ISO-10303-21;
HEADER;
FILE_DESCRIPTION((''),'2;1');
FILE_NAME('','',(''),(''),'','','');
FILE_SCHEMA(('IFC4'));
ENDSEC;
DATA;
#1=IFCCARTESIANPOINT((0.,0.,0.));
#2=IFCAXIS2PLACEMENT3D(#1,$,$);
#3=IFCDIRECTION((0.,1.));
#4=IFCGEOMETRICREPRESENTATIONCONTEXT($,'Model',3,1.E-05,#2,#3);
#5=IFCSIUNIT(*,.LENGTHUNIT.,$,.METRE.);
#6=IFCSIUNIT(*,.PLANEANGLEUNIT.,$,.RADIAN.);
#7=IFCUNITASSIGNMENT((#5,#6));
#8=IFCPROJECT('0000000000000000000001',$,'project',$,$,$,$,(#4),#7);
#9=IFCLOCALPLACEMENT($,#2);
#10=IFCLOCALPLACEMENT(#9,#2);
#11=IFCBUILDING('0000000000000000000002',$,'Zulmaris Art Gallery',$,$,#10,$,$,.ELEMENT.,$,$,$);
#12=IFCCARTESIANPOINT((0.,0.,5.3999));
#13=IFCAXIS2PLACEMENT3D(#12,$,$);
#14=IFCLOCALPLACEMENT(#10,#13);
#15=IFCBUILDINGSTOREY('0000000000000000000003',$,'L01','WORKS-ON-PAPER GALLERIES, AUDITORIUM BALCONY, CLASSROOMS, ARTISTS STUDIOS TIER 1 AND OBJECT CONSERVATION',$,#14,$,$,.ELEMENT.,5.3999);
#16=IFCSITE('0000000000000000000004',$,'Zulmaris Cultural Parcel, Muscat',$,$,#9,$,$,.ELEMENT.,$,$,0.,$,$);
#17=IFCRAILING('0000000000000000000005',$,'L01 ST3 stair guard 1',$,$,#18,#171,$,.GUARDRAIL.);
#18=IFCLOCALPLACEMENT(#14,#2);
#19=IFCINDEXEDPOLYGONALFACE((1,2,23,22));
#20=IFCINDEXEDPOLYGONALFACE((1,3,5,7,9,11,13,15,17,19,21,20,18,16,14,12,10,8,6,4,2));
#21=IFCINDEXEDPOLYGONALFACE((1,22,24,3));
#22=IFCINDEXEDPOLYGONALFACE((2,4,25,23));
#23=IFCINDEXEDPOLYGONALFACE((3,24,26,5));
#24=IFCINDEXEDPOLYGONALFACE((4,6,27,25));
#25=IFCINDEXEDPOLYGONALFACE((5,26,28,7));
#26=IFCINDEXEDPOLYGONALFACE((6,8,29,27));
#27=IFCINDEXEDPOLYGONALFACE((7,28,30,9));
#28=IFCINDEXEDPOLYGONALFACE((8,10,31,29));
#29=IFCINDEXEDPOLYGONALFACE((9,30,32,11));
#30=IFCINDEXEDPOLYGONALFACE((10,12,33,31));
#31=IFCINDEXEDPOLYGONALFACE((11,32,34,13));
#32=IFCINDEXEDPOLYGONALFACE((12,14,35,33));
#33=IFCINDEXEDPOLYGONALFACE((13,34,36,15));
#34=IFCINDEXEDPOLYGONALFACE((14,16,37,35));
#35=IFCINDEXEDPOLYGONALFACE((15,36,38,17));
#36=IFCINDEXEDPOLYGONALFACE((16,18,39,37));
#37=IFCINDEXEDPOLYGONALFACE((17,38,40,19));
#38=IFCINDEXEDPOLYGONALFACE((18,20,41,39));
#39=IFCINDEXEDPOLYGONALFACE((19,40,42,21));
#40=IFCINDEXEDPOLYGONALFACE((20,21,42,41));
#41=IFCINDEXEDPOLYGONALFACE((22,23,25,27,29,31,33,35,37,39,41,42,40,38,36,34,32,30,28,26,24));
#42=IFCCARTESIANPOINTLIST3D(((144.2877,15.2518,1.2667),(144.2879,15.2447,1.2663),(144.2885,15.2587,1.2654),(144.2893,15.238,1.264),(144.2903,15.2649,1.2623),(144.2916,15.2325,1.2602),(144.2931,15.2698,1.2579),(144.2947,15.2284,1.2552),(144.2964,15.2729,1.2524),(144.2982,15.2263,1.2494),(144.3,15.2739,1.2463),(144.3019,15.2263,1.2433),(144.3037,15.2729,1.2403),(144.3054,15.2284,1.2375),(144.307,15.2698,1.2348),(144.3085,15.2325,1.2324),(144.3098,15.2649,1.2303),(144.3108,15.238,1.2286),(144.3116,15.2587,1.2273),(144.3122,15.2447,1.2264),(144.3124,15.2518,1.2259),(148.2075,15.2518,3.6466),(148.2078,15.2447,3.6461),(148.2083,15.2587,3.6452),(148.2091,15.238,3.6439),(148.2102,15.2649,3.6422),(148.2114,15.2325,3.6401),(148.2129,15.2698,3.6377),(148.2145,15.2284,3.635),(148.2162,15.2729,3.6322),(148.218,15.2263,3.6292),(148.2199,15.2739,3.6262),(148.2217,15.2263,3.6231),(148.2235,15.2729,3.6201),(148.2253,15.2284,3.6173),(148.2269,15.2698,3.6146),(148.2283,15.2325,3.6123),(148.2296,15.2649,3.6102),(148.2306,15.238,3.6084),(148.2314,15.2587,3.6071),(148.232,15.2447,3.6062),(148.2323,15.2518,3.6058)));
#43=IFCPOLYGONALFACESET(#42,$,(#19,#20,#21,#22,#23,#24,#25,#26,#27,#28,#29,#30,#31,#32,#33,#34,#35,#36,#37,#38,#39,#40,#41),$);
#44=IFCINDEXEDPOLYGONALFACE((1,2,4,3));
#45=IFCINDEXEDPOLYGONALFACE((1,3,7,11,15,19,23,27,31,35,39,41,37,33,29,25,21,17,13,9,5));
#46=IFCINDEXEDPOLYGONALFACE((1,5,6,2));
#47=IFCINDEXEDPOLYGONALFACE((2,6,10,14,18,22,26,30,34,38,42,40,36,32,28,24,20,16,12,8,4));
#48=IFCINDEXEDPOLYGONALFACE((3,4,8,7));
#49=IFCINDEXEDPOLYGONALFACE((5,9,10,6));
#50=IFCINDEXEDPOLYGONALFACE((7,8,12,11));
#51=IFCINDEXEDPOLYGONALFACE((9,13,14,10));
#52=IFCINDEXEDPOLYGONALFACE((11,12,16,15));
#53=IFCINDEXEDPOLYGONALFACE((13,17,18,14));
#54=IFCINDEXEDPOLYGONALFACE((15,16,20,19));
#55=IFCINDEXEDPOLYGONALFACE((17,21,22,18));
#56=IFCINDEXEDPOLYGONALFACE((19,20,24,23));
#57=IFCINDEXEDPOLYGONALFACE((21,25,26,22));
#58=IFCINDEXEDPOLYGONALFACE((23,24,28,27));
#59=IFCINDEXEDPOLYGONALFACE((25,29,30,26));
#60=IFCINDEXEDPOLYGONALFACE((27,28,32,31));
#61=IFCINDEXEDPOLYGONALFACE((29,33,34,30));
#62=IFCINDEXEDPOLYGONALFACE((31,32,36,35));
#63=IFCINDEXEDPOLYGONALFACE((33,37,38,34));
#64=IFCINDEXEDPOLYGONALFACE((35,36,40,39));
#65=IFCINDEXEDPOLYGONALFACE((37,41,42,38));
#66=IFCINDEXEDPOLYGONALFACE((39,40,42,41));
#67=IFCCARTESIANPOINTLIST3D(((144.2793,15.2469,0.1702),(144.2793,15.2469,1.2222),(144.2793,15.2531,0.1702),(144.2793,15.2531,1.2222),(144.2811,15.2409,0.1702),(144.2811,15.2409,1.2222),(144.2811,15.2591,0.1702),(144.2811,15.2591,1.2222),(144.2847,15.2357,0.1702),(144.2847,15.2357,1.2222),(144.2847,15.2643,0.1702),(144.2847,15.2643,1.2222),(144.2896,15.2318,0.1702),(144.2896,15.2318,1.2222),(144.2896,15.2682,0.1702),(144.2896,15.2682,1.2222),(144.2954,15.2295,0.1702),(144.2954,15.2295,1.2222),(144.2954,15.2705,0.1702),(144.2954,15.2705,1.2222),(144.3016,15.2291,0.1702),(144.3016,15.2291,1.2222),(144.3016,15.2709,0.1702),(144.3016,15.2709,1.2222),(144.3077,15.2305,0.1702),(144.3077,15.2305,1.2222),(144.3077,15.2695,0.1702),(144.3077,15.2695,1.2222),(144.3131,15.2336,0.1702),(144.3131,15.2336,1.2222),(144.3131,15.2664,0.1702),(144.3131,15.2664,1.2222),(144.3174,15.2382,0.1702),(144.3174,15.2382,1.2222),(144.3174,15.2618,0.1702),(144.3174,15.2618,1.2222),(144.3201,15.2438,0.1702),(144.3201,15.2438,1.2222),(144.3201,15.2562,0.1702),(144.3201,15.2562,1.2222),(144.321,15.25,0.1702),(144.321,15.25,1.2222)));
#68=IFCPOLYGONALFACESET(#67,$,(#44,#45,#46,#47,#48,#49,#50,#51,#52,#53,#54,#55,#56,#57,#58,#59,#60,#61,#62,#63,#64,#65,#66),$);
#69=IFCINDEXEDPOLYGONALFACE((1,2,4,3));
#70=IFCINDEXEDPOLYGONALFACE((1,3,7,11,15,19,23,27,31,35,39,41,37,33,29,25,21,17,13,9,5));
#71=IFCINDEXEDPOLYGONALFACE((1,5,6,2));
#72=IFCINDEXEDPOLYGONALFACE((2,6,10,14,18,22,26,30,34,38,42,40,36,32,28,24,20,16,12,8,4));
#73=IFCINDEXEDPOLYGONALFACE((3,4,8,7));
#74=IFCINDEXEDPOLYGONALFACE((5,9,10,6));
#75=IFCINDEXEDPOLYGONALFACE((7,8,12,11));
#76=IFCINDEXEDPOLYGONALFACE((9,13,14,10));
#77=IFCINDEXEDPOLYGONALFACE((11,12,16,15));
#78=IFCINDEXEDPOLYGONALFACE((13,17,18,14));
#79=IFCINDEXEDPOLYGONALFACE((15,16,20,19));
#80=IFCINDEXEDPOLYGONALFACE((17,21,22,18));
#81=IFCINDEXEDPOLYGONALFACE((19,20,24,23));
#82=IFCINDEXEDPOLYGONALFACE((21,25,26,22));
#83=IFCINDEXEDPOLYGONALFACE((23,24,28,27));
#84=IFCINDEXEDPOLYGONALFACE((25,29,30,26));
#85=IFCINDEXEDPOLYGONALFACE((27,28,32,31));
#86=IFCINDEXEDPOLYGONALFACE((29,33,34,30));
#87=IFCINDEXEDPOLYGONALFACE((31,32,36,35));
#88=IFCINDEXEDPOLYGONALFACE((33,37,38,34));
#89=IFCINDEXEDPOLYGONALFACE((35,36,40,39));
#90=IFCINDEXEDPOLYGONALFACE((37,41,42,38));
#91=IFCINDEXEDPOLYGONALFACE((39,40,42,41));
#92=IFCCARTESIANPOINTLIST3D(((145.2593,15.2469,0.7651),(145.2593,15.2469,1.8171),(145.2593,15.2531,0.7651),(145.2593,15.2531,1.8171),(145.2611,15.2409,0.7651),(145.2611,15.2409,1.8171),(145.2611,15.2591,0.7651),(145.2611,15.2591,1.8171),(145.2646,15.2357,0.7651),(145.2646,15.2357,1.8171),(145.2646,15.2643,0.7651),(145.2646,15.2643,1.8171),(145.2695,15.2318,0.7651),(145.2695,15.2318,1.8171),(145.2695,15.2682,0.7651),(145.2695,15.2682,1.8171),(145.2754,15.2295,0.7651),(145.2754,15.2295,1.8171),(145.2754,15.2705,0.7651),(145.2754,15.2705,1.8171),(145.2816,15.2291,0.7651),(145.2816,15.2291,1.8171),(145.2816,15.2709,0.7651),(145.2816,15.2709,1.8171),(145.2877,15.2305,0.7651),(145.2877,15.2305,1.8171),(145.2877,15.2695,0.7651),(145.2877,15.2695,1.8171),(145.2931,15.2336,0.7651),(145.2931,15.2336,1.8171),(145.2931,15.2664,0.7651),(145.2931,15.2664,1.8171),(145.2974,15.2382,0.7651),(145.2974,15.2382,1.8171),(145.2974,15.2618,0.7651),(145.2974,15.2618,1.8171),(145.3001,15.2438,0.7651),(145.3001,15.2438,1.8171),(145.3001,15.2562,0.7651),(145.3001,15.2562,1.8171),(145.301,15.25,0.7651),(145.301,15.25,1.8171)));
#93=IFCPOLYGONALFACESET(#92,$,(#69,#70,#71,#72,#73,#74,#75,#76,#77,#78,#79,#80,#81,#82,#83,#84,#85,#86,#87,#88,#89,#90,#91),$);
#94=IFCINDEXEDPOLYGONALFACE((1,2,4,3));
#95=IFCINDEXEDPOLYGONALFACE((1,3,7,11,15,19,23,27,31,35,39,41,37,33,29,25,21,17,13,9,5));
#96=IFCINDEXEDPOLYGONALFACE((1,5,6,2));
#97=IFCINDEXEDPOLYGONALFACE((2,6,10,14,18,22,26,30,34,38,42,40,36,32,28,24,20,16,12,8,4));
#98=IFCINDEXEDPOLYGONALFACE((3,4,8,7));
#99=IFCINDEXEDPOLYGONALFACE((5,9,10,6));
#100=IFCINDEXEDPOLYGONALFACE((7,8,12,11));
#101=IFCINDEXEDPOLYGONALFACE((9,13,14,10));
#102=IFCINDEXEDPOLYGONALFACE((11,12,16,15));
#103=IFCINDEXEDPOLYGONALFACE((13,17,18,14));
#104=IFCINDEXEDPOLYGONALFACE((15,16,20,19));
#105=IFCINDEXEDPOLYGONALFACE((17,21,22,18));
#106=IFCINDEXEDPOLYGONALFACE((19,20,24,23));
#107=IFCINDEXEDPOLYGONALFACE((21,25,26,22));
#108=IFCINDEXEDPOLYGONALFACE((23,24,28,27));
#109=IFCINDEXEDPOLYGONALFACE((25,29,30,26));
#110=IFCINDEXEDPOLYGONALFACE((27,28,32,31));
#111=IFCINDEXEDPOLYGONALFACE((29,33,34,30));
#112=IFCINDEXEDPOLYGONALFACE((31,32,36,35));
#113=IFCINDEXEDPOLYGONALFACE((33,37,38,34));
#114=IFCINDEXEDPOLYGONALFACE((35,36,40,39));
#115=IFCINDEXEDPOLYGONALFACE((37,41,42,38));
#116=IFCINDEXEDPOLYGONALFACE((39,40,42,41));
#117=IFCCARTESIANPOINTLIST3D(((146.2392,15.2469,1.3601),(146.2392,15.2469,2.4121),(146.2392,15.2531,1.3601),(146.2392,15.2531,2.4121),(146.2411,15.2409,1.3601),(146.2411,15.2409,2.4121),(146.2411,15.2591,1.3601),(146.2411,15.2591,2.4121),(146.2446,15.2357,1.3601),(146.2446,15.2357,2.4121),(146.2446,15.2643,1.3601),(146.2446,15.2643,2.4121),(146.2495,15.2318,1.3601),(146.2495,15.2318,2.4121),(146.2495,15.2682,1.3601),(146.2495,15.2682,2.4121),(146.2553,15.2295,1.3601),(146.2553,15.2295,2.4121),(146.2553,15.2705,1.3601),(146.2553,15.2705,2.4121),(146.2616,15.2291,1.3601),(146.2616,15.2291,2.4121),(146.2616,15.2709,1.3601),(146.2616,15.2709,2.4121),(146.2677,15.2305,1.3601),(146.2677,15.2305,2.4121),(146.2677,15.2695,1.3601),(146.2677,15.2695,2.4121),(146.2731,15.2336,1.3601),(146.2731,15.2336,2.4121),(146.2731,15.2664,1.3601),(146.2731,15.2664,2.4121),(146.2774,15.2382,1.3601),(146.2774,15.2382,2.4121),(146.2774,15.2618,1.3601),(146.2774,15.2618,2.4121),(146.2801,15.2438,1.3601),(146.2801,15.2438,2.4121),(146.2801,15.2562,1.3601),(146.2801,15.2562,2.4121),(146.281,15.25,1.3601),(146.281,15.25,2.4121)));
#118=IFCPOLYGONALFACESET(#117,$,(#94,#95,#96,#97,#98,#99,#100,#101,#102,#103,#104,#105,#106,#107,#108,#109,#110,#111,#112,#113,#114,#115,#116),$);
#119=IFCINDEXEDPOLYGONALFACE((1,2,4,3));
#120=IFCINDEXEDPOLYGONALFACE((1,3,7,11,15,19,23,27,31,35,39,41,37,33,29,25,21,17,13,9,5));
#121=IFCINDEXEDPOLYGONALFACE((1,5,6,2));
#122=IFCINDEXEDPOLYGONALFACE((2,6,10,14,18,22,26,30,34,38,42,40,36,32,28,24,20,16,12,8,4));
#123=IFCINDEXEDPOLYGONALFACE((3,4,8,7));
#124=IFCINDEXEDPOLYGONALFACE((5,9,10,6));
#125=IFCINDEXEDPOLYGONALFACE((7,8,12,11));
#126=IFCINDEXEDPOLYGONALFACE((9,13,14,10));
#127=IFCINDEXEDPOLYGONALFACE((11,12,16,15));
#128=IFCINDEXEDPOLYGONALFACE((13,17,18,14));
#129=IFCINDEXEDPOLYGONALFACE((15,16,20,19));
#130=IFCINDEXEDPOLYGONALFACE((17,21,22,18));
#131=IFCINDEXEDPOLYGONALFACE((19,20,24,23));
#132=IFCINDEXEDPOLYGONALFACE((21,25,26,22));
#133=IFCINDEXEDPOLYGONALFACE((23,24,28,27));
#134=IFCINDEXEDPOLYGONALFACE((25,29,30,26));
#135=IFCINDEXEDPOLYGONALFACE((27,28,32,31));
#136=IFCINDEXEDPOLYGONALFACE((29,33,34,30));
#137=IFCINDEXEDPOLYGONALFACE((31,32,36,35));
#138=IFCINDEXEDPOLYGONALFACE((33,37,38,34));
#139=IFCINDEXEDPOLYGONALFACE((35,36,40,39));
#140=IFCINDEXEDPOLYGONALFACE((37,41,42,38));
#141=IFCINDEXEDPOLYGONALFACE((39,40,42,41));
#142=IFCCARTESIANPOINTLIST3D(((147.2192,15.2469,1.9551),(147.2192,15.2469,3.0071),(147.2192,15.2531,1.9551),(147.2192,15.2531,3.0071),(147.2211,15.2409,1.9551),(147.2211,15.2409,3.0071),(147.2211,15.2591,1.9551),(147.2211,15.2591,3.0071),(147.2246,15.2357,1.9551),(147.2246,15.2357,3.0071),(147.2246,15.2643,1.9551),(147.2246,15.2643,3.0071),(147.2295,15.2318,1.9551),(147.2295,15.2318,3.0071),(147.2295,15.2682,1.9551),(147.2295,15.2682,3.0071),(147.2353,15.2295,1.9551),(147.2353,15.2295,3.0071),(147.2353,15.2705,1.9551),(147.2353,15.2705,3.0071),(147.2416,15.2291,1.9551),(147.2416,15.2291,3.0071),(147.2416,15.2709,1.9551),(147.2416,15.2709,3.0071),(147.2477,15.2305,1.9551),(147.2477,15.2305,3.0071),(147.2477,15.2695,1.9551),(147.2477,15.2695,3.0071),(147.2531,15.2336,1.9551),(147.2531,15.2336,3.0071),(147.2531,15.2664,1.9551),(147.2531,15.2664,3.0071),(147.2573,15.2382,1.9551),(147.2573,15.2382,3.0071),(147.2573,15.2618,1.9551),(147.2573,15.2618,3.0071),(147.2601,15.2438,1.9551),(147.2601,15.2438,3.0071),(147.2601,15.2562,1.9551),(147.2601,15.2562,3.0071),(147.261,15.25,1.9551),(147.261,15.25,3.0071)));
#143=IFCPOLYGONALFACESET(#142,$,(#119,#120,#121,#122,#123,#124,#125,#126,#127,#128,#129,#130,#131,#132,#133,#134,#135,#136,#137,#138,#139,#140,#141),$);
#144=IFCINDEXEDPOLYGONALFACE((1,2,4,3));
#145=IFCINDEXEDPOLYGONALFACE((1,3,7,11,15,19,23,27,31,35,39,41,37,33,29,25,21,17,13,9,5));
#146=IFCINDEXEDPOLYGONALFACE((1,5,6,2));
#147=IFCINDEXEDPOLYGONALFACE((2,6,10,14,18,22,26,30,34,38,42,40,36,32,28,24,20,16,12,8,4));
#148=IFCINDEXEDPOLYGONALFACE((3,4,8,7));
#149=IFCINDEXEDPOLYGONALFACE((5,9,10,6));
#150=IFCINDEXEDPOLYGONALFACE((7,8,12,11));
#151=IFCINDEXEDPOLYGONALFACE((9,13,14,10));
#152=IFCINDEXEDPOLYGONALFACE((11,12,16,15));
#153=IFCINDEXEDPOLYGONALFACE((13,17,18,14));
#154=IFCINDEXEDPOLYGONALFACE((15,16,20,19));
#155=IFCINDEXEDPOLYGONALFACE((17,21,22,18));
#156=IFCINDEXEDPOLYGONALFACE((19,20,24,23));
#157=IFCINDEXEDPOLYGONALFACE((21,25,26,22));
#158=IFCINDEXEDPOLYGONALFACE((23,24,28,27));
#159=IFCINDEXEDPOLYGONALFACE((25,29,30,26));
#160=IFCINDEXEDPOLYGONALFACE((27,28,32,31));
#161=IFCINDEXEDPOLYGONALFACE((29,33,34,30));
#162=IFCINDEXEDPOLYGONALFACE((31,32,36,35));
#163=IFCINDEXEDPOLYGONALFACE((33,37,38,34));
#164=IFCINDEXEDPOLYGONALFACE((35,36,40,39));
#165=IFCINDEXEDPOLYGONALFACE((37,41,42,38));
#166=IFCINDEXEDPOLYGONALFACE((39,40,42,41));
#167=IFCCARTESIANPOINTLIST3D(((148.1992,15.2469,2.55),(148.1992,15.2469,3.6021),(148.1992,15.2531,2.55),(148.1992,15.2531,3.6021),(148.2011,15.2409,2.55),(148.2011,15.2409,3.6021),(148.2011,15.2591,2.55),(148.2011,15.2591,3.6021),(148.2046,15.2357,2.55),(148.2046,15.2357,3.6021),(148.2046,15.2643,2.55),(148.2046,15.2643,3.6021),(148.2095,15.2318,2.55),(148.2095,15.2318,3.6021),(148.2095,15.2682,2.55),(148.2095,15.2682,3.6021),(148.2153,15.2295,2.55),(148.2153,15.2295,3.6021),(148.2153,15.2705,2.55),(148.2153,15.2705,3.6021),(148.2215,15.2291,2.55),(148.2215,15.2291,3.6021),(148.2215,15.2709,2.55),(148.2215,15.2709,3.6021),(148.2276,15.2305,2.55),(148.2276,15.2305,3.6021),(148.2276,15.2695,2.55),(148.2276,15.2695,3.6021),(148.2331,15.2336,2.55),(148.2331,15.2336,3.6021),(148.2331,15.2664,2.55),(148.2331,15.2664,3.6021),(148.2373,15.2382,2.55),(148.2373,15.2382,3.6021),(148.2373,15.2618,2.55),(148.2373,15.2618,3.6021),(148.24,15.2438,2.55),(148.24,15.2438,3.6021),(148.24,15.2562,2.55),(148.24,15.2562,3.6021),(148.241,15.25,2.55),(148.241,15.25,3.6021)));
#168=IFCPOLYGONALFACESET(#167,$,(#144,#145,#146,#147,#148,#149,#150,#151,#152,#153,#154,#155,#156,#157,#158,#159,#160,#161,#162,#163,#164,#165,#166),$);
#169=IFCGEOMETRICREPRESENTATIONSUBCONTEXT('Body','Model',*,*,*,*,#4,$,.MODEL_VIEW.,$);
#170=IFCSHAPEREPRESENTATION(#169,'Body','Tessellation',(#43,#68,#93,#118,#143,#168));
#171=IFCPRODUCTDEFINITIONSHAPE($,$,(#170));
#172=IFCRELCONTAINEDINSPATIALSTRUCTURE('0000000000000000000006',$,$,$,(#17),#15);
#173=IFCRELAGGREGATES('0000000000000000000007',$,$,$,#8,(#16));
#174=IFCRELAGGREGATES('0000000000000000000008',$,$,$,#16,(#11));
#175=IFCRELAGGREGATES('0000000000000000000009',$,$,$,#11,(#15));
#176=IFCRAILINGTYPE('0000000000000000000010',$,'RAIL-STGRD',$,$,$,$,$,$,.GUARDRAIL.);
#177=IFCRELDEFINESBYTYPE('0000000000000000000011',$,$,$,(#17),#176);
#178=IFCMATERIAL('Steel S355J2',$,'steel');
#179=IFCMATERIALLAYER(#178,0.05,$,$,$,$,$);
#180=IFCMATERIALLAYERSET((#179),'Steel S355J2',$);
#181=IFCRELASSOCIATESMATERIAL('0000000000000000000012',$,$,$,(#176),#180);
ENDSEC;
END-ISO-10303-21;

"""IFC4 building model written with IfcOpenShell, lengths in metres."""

from ifc_helpers import new_model, si_unit, direction, frame, origin, origin_2d, place, context, subcontext, project, spatial, circle, extrude, material, layer, layer_set, type_object, element, save


model = new_model("IFC4")

# Units and contexts
model_context = context("Model", 3, precision=1e-05, world=origin(), true_north=direction((0.0, 1.0)))
body_context = subcontext(model_context, "Body", "Model", "MODEL_VIEW")
ifc_project = project(units=[si_unit("LENGTHUNIT", "METRE"), si_unit("PLANEANGLEUNIT", "RADIAN")], contexts=[model_context])

# Site, building, storey
site_placement = place(None, origin())
site = spatial("IfcSite", under=ifc_project, at=site_placement, Name="Zulmaris Cultural Parcel, Muscat", CompositionType="ELEMENT", RefElevation=0.0)
building_placement = place(site_placement, origin())
building = spatial("IfcBuilding", under=site, at=building_placement, Name="Zulmaris Art Gallery", CompositionType="ELEMENT")
storey_placement = place(building_placement, frame((0.0, 0.0, 5.3999)))
storey = spatial("IfcBuildingStorey", under=building, at=storey_placement, Name="L01", Description="WORKS-ON-PAPER GALLERIES, AUDITORIUM BALCONY, CLASSROOMS, ARTISTS STUDIOS TIER 1 AND OBJECT CONSERVATION", CompositionType="ELEMENT", Elevation=5.3999)

# Shared definitions
ifc_material_1 = material(Name="Steel S355J2", Category="steel")

# Railing
ifc_layer_1 = layer(ifc_material_1, 0.05)
ifc_layer_set_1 = layer_set([ifc_layer_1], Name="Steel S355J2")
railing_type_1 = type_object("IfcRailingType", Name="RAIL-STGRD", PredefinedType="GUARDRAIL", material=ifc_layer_set_1)
railing_1_placement = place(storey_placement, frame((144.3, 15.25, 0.1702)))
element("IfcRailing", 1, at=railing_1_placement, inside=storey, type_object=railing_type_1, Name="L01 ST3 stair guard 1", PredefinedType="GUARDRAIL", context=body_context, shape_type="SweptSolid", body=[
    extrude(circle(Radius=0.0239, at=origin_2d()), frame((0.0, 0.0, 1.0762), z_axis=(0.854794, 0.0, 0.518967), x_axis=(0.0, 1.0, 0.0)), (0.0, 0.0, 1.0), 4.5857),
    extrude(circle(Radius=0.021, at=origin_2d()), origin(), (0.0, 0.0, 1.0), 1.052),
    extrude(circle(Radius=0.021, at=origin_2d()), frame((0.98, 0.0, 0.595)), (0.0, 0.0, 1.0), 1.052),
    extrude(circle(Radius=0.021, at=origin_2d()), frame((1.96, 0.0, 1.1899)), (0.0, 0.0, 1.0), 1.052),
    extrude(circle(Radius=0.021, at=origin_2d()), frame((2.9399, 0.0, 1.7849)), (0.0, 0.0, 1.0), 1.052),
    extrude(circle(Radius=0.021, at=origin_2d()), frame((3.9199, 0.0, 2.3799)), (0.0, 0.0, 1.0), 1.052),
])

save(model, "model.ifc")
